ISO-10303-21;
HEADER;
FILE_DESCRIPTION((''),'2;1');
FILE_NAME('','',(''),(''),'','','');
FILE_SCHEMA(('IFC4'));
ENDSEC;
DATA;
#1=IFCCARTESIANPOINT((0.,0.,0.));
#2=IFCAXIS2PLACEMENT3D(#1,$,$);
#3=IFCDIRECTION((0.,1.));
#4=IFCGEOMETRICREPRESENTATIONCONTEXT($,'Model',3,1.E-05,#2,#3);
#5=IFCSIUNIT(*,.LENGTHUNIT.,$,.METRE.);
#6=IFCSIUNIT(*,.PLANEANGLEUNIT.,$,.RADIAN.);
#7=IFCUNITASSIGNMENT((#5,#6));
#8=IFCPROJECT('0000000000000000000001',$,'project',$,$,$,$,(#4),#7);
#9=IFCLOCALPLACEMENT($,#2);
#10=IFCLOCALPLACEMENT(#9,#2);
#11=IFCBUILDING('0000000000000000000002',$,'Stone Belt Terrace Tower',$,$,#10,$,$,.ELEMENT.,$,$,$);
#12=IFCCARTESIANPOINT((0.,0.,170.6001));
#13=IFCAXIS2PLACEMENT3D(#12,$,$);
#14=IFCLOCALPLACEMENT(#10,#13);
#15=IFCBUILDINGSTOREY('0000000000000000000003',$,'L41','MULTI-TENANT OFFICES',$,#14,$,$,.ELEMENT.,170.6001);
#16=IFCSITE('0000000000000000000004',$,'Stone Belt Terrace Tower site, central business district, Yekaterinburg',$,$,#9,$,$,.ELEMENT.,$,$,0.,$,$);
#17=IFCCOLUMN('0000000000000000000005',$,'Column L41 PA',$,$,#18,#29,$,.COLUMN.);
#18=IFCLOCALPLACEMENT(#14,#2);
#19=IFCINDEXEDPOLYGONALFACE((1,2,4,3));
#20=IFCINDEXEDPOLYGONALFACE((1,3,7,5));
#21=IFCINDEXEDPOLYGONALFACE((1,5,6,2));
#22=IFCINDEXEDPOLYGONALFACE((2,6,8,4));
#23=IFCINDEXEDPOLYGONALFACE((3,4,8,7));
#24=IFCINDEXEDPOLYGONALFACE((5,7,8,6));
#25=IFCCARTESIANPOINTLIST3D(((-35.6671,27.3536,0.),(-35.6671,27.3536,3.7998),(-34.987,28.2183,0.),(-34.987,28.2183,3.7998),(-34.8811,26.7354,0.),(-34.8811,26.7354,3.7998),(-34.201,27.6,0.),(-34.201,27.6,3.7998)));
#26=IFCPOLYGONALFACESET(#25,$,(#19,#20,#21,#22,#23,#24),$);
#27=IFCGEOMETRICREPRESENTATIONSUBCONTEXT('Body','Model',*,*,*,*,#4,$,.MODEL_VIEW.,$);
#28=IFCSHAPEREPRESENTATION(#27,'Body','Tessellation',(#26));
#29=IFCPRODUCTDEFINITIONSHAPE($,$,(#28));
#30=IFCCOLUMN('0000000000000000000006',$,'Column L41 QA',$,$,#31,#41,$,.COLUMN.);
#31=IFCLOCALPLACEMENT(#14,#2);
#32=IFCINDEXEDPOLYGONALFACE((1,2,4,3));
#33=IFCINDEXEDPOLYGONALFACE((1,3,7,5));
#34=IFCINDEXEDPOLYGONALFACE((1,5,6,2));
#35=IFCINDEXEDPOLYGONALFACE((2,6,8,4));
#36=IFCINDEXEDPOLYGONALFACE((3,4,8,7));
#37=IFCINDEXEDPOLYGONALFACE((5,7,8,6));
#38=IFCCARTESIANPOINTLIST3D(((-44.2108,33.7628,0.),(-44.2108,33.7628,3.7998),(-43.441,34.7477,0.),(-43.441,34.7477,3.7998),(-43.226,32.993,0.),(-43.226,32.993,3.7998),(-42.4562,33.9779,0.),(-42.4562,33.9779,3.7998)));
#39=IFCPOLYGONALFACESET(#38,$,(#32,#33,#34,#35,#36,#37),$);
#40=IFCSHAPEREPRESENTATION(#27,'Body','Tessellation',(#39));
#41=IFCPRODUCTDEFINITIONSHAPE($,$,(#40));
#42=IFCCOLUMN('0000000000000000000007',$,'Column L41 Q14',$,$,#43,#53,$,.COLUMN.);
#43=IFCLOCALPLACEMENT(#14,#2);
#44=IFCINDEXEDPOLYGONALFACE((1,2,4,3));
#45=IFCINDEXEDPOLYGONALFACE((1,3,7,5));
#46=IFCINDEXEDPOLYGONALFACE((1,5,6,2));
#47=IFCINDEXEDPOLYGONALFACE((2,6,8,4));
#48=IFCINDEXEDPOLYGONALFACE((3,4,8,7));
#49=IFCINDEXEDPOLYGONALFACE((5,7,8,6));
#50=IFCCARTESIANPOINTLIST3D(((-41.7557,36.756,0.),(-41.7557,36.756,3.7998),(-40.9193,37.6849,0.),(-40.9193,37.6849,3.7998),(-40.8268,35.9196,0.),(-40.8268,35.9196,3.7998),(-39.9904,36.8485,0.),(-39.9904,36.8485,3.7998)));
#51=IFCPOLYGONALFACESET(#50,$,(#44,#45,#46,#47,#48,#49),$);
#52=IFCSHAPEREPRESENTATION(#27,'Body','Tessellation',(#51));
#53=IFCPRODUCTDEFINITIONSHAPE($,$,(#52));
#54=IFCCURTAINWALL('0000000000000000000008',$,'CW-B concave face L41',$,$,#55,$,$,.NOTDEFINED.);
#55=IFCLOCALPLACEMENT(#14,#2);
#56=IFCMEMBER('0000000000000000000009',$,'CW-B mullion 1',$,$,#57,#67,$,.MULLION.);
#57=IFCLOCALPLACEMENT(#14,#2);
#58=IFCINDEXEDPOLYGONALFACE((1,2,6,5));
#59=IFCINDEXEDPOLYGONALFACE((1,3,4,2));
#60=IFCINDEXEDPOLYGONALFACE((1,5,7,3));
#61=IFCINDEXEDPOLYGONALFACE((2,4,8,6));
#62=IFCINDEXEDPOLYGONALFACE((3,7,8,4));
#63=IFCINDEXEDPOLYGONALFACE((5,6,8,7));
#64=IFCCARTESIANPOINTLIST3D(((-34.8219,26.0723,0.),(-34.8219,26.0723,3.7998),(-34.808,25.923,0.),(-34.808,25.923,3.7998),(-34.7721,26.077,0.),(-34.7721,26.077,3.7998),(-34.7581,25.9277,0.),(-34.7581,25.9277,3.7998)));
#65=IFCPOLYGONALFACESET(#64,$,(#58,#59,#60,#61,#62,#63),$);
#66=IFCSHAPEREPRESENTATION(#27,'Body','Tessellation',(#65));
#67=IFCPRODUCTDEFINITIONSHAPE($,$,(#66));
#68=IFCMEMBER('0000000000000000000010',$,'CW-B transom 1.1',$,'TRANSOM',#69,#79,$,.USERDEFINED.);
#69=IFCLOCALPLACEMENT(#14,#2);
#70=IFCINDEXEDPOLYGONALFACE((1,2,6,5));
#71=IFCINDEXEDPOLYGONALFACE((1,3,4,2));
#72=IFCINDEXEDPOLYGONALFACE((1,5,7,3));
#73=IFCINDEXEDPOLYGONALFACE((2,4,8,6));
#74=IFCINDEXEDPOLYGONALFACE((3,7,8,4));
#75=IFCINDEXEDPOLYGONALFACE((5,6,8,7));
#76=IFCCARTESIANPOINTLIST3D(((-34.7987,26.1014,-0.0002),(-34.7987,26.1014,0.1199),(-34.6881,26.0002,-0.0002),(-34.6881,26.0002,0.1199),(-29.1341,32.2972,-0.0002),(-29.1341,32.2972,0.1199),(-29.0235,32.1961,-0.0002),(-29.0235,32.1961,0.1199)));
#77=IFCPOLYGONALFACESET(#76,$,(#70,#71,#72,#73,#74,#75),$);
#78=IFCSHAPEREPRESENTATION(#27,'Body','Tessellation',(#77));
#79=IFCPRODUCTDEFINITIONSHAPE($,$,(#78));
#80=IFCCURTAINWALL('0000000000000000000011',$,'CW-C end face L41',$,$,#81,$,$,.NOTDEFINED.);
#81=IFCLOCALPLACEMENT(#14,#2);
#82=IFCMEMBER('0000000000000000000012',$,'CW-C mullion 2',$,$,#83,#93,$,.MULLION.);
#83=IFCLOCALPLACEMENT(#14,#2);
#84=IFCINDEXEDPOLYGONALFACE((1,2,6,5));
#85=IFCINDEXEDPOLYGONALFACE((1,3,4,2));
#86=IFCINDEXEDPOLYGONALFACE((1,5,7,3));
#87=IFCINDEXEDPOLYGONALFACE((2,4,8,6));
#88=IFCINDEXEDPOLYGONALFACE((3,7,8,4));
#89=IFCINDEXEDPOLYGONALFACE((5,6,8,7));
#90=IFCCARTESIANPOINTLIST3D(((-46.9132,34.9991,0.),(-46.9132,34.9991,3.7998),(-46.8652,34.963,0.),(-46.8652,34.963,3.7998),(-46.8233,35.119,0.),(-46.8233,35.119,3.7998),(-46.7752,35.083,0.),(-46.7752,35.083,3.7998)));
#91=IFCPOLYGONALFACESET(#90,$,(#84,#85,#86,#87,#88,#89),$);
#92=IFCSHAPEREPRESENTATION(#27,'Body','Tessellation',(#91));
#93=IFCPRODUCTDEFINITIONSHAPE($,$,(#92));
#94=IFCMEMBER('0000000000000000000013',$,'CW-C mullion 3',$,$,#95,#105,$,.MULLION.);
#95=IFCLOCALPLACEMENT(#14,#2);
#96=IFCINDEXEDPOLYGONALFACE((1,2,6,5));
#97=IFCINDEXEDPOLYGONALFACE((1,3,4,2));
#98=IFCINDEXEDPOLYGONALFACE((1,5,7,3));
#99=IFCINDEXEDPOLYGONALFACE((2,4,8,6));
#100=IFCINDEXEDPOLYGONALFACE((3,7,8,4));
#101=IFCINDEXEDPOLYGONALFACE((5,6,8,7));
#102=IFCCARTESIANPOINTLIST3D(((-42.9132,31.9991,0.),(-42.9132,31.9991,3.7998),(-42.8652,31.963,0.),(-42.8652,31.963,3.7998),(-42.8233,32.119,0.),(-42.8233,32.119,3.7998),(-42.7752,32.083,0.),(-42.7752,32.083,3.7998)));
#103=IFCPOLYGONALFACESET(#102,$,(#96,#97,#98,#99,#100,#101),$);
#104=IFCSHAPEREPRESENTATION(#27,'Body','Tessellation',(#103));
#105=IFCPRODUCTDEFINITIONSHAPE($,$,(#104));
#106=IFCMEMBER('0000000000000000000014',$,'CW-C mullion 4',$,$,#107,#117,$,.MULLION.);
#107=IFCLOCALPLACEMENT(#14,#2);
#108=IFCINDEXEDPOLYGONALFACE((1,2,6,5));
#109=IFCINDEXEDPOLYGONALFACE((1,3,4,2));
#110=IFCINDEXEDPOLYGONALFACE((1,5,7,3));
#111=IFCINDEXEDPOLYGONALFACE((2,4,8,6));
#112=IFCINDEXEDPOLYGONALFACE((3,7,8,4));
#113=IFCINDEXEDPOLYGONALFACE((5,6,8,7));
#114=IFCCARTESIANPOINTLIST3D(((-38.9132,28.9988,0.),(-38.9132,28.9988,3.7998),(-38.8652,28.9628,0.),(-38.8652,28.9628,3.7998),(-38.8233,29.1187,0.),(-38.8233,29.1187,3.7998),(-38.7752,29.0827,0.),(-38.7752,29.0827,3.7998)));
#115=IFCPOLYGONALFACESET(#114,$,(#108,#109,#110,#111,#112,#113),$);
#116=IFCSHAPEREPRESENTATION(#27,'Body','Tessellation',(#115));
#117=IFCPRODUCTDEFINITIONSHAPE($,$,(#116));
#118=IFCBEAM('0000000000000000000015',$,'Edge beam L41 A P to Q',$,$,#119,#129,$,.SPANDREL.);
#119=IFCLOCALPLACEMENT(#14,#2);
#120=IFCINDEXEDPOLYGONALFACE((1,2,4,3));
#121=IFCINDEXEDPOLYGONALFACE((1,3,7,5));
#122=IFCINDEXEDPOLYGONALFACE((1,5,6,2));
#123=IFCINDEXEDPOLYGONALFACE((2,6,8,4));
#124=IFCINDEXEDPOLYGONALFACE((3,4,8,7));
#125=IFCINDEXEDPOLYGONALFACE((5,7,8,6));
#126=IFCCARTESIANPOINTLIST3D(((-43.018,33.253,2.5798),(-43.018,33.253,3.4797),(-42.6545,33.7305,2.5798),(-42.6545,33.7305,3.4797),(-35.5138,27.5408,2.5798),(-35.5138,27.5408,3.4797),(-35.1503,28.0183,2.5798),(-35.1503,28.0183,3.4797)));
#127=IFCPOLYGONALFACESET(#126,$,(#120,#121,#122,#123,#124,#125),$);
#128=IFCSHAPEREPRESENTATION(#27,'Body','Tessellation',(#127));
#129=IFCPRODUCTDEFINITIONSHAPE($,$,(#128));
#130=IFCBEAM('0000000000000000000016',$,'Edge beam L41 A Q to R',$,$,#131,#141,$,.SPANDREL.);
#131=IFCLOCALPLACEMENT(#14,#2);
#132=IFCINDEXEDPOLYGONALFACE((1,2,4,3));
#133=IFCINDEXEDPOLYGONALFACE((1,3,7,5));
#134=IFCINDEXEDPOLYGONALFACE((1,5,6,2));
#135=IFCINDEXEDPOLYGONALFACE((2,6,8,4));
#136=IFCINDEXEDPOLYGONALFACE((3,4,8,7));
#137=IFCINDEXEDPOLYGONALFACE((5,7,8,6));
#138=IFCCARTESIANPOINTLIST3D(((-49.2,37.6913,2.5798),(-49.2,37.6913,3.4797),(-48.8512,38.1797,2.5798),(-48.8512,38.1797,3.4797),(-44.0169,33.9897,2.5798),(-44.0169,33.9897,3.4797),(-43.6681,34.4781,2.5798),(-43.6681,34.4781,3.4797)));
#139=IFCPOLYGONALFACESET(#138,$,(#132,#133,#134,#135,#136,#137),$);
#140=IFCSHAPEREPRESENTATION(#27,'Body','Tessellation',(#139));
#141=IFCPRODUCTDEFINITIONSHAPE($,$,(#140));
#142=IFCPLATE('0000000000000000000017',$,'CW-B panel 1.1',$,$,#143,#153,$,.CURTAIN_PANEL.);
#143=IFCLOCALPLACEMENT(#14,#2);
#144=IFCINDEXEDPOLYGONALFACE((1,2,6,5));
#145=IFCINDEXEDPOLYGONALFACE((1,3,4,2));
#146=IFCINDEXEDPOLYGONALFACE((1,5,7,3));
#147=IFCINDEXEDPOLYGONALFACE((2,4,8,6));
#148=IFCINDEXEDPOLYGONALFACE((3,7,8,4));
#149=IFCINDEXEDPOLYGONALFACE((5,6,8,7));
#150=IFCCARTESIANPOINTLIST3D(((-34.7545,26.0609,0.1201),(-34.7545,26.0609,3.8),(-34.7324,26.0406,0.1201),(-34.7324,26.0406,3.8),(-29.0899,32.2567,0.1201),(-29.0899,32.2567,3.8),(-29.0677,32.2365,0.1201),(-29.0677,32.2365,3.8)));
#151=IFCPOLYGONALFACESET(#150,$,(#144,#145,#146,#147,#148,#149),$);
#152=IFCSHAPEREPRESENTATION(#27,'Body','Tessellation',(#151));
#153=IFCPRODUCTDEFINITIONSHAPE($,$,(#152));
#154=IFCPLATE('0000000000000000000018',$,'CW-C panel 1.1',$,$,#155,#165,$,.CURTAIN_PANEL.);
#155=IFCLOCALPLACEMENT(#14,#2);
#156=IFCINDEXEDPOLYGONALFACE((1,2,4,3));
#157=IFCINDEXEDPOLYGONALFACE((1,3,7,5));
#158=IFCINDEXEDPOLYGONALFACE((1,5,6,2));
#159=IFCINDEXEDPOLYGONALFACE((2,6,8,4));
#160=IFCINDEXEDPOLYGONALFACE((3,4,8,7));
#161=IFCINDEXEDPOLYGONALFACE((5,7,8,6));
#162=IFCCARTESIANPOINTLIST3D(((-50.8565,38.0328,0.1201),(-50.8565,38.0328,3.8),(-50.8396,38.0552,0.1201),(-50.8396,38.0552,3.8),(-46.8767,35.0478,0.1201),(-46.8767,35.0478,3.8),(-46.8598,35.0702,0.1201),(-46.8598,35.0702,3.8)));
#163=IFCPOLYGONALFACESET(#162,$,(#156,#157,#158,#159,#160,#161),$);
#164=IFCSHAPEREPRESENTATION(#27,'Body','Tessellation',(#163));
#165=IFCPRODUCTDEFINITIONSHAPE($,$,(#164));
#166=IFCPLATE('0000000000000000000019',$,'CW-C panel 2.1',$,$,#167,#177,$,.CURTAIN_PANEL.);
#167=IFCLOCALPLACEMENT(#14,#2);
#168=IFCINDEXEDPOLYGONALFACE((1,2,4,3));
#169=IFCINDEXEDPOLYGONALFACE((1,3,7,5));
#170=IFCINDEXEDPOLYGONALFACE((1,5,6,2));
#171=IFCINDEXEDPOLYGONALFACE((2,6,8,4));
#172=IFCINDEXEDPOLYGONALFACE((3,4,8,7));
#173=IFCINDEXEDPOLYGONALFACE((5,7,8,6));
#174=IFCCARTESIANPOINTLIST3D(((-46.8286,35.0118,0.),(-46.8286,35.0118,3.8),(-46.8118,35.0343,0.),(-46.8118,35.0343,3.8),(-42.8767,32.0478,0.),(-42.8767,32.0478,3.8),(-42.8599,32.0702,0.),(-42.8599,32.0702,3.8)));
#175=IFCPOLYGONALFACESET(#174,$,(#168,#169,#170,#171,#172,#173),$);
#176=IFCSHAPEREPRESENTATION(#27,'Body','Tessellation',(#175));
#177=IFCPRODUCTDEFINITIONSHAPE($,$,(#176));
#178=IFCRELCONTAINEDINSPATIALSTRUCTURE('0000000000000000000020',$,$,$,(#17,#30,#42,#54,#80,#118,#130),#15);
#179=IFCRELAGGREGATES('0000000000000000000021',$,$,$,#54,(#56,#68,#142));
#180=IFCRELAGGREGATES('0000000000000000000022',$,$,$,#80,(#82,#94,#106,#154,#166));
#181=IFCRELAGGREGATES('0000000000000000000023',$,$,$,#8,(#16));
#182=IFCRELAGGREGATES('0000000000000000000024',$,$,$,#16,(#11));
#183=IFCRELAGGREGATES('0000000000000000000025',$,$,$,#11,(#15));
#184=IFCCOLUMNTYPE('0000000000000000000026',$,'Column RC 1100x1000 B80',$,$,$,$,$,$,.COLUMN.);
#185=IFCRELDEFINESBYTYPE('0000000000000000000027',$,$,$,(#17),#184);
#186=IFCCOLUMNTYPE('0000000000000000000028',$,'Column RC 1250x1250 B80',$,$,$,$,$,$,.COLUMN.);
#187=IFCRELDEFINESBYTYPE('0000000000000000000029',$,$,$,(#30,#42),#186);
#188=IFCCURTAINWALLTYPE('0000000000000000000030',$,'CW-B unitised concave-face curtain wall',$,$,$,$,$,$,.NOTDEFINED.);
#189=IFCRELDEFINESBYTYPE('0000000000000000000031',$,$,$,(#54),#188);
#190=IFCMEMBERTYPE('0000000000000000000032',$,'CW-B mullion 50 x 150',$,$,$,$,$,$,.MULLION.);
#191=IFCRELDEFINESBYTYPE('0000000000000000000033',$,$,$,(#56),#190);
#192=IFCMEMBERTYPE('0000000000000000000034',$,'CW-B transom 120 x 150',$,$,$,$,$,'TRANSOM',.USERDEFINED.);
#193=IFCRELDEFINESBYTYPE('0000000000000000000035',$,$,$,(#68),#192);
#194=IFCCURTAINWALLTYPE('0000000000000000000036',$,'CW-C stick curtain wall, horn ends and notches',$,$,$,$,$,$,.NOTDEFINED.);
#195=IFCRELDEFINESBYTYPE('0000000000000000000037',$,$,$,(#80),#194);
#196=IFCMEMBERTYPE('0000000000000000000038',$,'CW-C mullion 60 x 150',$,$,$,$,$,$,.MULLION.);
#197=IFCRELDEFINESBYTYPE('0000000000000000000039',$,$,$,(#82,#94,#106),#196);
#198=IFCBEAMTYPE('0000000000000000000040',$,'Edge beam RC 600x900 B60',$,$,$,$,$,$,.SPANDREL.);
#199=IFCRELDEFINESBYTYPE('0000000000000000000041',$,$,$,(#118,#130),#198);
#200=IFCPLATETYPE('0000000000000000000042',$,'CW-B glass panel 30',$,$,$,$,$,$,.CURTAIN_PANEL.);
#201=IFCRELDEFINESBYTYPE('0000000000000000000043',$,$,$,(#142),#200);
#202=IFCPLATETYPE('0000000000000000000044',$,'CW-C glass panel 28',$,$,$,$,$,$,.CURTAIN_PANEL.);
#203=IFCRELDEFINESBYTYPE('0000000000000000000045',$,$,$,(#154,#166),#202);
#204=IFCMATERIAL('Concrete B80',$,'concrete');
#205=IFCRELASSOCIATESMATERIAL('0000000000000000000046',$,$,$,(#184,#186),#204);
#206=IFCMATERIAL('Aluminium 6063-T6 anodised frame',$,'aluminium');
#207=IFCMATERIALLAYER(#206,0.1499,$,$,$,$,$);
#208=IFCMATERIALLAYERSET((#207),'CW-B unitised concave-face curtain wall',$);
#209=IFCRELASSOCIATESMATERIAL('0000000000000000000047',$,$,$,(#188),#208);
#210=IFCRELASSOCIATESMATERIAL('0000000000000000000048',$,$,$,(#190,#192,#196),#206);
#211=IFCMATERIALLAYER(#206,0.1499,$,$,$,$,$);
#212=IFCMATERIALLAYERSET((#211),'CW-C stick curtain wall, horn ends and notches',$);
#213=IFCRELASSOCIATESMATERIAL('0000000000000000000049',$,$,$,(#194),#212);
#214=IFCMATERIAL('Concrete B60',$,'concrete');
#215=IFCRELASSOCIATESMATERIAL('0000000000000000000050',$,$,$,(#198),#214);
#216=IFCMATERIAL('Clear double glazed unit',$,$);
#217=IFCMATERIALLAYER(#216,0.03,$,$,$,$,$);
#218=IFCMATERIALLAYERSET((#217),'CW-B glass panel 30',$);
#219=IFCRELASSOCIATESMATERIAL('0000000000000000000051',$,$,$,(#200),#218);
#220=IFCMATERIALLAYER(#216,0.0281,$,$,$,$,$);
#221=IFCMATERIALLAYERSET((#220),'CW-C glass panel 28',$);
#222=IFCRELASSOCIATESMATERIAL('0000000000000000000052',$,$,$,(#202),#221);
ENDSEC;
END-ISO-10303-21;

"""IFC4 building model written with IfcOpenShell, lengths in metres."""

from ifc_helpers import new_model, si_unit, direction, frame, origin, origin_2d, place, context, subcontext, project, spatial, rectangle, extrude, material, layer, layer_set, material_profile, profile_set, type_object, element, aggregate, save


model = new_model("IFC4")

# Units and contexts
model_context = context("Model", 3, precision=1e-05, world=origin(), true_north=direction((0.0, 1.0)))
body_context = subcontext(model_context, "Body", "Model", "MODEL_VIEW")
ifc_project = project(units=[si_unit("LENGTHUNIT", "METRE"), si_unit("PLANEANGLEUNIT", "RADIAN")], contexts=[model_context])

# Site, building, storey
site_placement = place(None, origin())
site = spatial("IfcSite", under=ifc_project, at=site_placement, Name="Stone Belt Terrace Tower site, central business district, Yekaterinburg", CompositionType="ELEMENT", RefElevation=0.0)
building_placement = place(site_placement, origin())
building = spatial("IfcBuilding", under=site, at=building_placement, Name="Stone Belt Terrace Tower", CompositionType="ELEMENT")
storey_placement = place(building_placement, frame((0.0, 0.0, 170.6001)))
storey = spatial("IfcBuildingStorey", under=building, at=storey_placement, Name="L41", Description="MULTI-TENANT OFFICES", CompositionType="ELEMENT", Elevation=170.6001)

# Columns
ifc_material_1 = material(Name="Concrete B80", Category="concrete")
ifc_material_profile_1 = material_profile(ifc_material_1, rectangle(XDim=1.1001, YDim=1.0, at=origin_2d()), Name="RC 1100x1000")
ifc_profile_set_1 = profile_set([ifc_material_profile_1], Name="Concrete B80")
column_type_1 = type_object("IfcColumnType", Name="Column RC 1100x1000 B80", PredefinedType="COLUMN", material=ifc_profile_set_1)
column_placement = place(storey_placement, frame((-34.9341, 27.4768, 0.0), z_axis=(0.0, 0.0, 1.0), x_axis=(0.618218, 0.786007, 0.0)))
element("IfcColumn", 1, at=column_placement, inside=storey, type_object=column_type_1, Name="Column L41 PA", PredefinedType="COLUMN", context=body_context, shape_type="SweptSolid", body=[
    extrude(rectangle(XDim=1.1001, YDim=1.0, at=origin_2d()), origin(), (0.0, 0.0, 1.0), 3.7998),
])
ifc_material_profile_2 = material_profile(ifc_material_1, rectangle(XDim=1.25, YDim=1.25, at=origin_2d()), Name="RC 1250x1250")
ifc_profile_set_2 = profile_set([ifc_material_profile_2], Name="Concrete B80")
column_type_2 = type_object("IfcColumnType", Name="Column RC 1250x1250 B80", PredefinedType="COLUMN", material=ifc_profile_set_2)
for number, where, z_axis, x_axis, name in (
    (2, (-43.3335, 33.8704, 0.0), (0.0, 0.0, 1.0), (0.615825, 0.787883, 0.0), "Column L41 QA"),
    (3, (-40.873, 36.8022, 0.0), (0.0, 0.0, 1.0), (0.669131, 0.743145, 0.0), "Column L41 Q14"),
):
    element("IfcColumn", number, at=place(storey_placement, frame(where, z_axis=z_axis, x_axis=x_axis)), inside=storey, type_object=column_type_2, Name=name, PredefinedType="COLUMN", context=body_context, shape_type="SweptSolid", body=[
        extrude(rectangle(XDim=1.25, YDim=1.25, at=origin_2d()), origin(), (0.0, 0.0, 1.0), 3.7998),
    ])

# Curtain walls, members
ifc_material_2 = material(Name="Aluminium 6063-T6 anodised frame", Category="aluminium")
ifc_layer_1 = layer(ifc_material_2, 0.1499)
ifc_layer_set_1 = layer_set([ifc_layer_1], Name="CW-B unitised concave-face curtain wall")
curtain_wall_type_1 = type_object("IfcCurtainWallType", Name="CW-B unitised concave-face curtain wall", PredefinedType="NOTDEFINED", material=ifc_layer_set_1)
curtain_wall_1_placement = place(storey_placement, origin())
curtain_wall_1 = element("IfcCurtainWall", 4, at=curtain_wall_1_placement, inside=storey, type_object=curtain_wall_type_1, Name="CW-B concave face L41", PredefinedType="NOTDEFINED")
ifc_material_profile_3 = material_profile(ifc_material_2, rectangle(XDim=0.1499, YDim=0.05, at=origin_2d()), Name="Aluminium 6063-T6 50x150")
ifc_profile_set_3 = profile_set([ifc_material_profile_3], Name="Aluminium 6063-T6 anodised frame")
member_type_1 = type_object("IfcMemberType", Name="CW-B mullion 50 x 150", PredefinedType="MULLION", material=ifc_profile_set_3)
member_1_placement = place(storey_placement, frame((-34.79, 26.0, 0.0), z_axis=(0.0, 0.0, 1.0), x_axis=(-0.093181, 0.995649, 0.0)))
member_1 = element("IfcMember", 5, at=member_1_placement, type_object=member_type_1, Name="CW-B mullion 1", PredefinedType="MULLION", context=body_context, shape_type="SweptSolid", body=[
    extrude(rectangle(XDim=0.1499, YDim=0.05, at=origin_2d()), origin(), (0.0, 0.0, 1.0), 3.7998),
])
ifc_material_profile_4 = material_profile(ifc_material_2, rectangle(XDim=0.1499, YDim=0.1201, at=origin_2d()), Name="Aluminium 6063-T6 150x120")
ifc_profile_set_4 = profile_set([ifc_material_profile_4], Name="Aluminium 6063-T6 anodised frame")
member_type_2 = type_object("IfcMemberType", Name="CW-B transom 120 x 150", ElementType="TRANSOM", PredefinedType="USERDEFINED", material=ifc_profile_set_4)
member_2_placement = place(storey_placement, frame((-34.7434, 26.0508, 0.0598), z_axis=(0.674757, 0.73804, 0.0), x_axis=(-0.73804, 0.674757, 0.0)))
member_2 = element("IfcMember", 6, at=member_2_placement, type_object=member_type_2, Name="CW-B transom 1.1", ObjectType="TRANSOM", PredefinedType="USERDEFINED", context=body_context, shape_type="SweptSolid", body=[
    extrude(rectangle(XDim=0.1499, YDim=0.1201, at=origin_2d()), origin(), (0.0, 0.0, 1.0), 8.395),
])
ifc_layer_2 = layer(ifc_material_2, 0.1499)
ifc_layer_set_2 = layer_set([ifc_layer_2], Name="CW-C stick curtain wall, horn ends and notches")
curtain_wall_type_2 = type_object("IfcCurtainWallType", Name="CW-C stick curtain wall, horn ends and notches", PredefinedType="NOTDEFINED", material=ifc_layer_set_2)
curtain_wall_2_placement = place(storey_placement, origin())
curtain_wall_2 = element("IfcCurtainWall", 7, at=curtain_wall_2_placement, inside=storey, type_object=curtain_wall_type_2, Name="CW-C end face L41", PredefinedType="NOTDEFINED")
ifc_material_profile_5 = material_profile(ifc_material_2, rectangle(XDim=0.1499, YDim=0.0601, at=origin_2d()), Name="Aluminium 6063-T6 60x150")
ifc_profile_set_5 = profile_set([ifc_material_profile_5], Name="Aluminium 6063-T6 anodised frame")
member_type_3 = type_object("IfcMemberType", Name="CW-C mullion 60 x 150", PredefinedType="MULLION", material=ifc_profile_set_5)
member_3_placement = place(storey_placement, frame((-46.8442, 35.041, 0.0), z_axis=(0.0, 0.0, 1.0), x_axis=(0.600018, 0.799987, 0.0)))
member_3 = element("IfcMember", 8, at=member_3_placement, type_object=member_type_3, Name="CW-C mullion 2", PredefinedType="MULLION", context=body_context, shape_type="SweptSolid", body=[
    extrude(rectangle(XDim=0.1499, YDim=0.0601, at=origin_2d()), origin(), (0.0, 0.0, 1.0), 3.7998),
])
member_4_placement = place(storey_placement, frame((-42.8442, 32.041, 0.0), z_axis=(0.0, 0.0, 1.0), x_axis=(0.600018, 0.799987, 0.0)))
member_4 = element("IfcMember", 9, at=member_4_placement, type_object=member_type_3, Name="CW-C mullion 3", PredefinedType="MULLION", context=body_context, shape_type="SweptSolid", body=[
    extrude(rectangle(XDim=0.1499, YDim=0.0601, at=origin_2d()), origin(), (0.0, 0.0, 1.0), 3.7998),
])
member_5_placement = place(storey_placement, frame((-38.8442, 29.0408, 0.0), z_axis=(0.0, 0.0, 1.0), x_axis=(0.600018, 0.799987, 0.0)))
member_5 = element("IfcMember", 10, at=member_5_placement, type_object=member_type_3, Name="CW-C mullion 4", PredefinedType="MULLION", context=body_context, shape_type="SweptSolid", body=[
    extrude(rectangle(XDim=0.1499, YDim=0.0601, at=origin_2d()), origin(), (0.0, 0.0, 1.0), 3.7998),
])

# Beams
ifc_material_3 = material(Name="Concrete B60", Category="concrete")
ifc_material_profile_6 = material_profile(ifc_material_3, rectangle(XDim=0.6001, YDim=0.8999, at=origin_2d()), Name="RC 600x900")
ifc_profile_set_6 = profile_set([ifc_material_profile_6], Name="Concrete B60")
beam_type = type_object("IfcBeamType", Name="Edge beam RC 600x900 B60", PredefinedType="SPANDREL", material=ifc_profile_set_6)
beam_1_placement = place(storey_placement, frame((-35.332, 27.7795, 3.0298), z_axis=(-0.795702, 0.605688, 0.0), x_axis=(-0.605688, -0.795702, 0.0)))
element("IfcBeam", 11, at=beam_1_placement, inside=storey, type_object=beam_type, Name="Edge beam L41 A P to Q", PredefinedType="SPANDREL", context=body_context, shape_type="SweptSolid", body=[
    extrude(rectangle(XDim=0.6001, YDim=0.8999, at=origin_2d()), origin(), (0.0, 0.0, 1.0), 9.4309),
])
beam_2_placement = place(storey_placement, frame((-43.8425, 34.2339, 3.0298), z_axis=(-0.813775, 0.58118, 0.0), x_axis=(-0.58118, -0.813775, 0.0)))
element("IfcBeam", 12, at=beam_2_placement, inside=storey, type_object=beam_type, Name="Edge beam L41 A Q to R", PredefinedType="SPANDREL", context=body_context, shape_type="SweptSolid", body=[
    extrude(rectangle(XDim=0.6001, YDim=0.8999, at=origin_2d()), origin(), (0.0, 0.0, 1.0), 6.3691),
])

# Plates
ifc_material_4 = material(Name="Clear double glazed unit")
ifc_layer_3 = layer(ifc_material_4, 0.03)
ifc_layer_set_3 = layer_set([ifc_layer_3], Name="CW-B glass panel 30")
plate_type_1 = type_object("IfcPlateType", Name="CW-B glass panel 30", PredefinedType="CURTAIN_PANEL", material=ifc_layer_set_3)
plate_1_placement = place(storey_placement, frame((-31.9111, 29.1487, 0.1201), z_axis=(0.0, 0.0, 1.0), x_axis=(0.674761, 0.738036, 0.0)))
plate_1 = element("IfcPlate", 13, at=plate_1_placement, type_object=plate_type_1, Name="CW-B panel 1.1", PredefinedType="CURTAIN_PANEL", context=body_context, shape_type="SweptSolid", body=[
    extrude(rectangle(XDim=8.395, YDim=0.03, at=origin_2d()), origin(), (0.0, 0.0, 1.0), 3.6799),
])
aggregate(curtain_wall_1, [member_1, member_2, plate_1])
ifc_layer_4 = layer(ifc_material_4, 0.0281)
ifc_layer_set_4 = layer_set([ifc_layer_4], Name="CW-C glass panel 28")
plate_type_2 = type_object("IfcPlateType", Name="CW-C glass panel 28", PredefinedType="CURTAIN_PANEL", material=ifc_layer_set_4)
plate_2_placement = place(storey_placement, frame((-48.8582, 36.5515, 0.1201), z_axis=(0.0, 0.0, 1.0), x_axis=(0.799987, -0.600018, 0.0)))
plate_2 = element("IfcPlate", 14, at=plate_2_placement, type_object=plate_type_2, Name="CW-C panel 1.1", PredefinedType="CURTAIN_PANEL", context=body_context, shape_type="SweptSolid", body=[
    extrude(rectangle(XDim=4.9749, YDim=0.0281, at=origin_2d()), origin(), (0.0, 0.0, 1.0), 3.6799),
])
plate_3_placement = place(storey_placement, frame((-44.8442, 33.541, 0.0), z_axis=(0.0, 0.0, 1.0), x_axis=(0.799987, -0.600018, 0.0)))
plate_3 = element("IfcPlate", 15, at=plate_3_placement, type_object=plate_type_2, Name="CW-C panel 2.1", PredefinedType="CURTAIN_PANEL", context=body_context, shape_type="SweptSolid", body=[
    extrude(rectangle(XDim=4.9399, YDim=0.0281, at=origin_2d()), origin(), (0.0, 0.0, 1.0), 3.8),
])
aggregate(curtain_wall_2, [member_3, member_4, member_5, plate_2, plate_3])

save(model, "model.ifc")
